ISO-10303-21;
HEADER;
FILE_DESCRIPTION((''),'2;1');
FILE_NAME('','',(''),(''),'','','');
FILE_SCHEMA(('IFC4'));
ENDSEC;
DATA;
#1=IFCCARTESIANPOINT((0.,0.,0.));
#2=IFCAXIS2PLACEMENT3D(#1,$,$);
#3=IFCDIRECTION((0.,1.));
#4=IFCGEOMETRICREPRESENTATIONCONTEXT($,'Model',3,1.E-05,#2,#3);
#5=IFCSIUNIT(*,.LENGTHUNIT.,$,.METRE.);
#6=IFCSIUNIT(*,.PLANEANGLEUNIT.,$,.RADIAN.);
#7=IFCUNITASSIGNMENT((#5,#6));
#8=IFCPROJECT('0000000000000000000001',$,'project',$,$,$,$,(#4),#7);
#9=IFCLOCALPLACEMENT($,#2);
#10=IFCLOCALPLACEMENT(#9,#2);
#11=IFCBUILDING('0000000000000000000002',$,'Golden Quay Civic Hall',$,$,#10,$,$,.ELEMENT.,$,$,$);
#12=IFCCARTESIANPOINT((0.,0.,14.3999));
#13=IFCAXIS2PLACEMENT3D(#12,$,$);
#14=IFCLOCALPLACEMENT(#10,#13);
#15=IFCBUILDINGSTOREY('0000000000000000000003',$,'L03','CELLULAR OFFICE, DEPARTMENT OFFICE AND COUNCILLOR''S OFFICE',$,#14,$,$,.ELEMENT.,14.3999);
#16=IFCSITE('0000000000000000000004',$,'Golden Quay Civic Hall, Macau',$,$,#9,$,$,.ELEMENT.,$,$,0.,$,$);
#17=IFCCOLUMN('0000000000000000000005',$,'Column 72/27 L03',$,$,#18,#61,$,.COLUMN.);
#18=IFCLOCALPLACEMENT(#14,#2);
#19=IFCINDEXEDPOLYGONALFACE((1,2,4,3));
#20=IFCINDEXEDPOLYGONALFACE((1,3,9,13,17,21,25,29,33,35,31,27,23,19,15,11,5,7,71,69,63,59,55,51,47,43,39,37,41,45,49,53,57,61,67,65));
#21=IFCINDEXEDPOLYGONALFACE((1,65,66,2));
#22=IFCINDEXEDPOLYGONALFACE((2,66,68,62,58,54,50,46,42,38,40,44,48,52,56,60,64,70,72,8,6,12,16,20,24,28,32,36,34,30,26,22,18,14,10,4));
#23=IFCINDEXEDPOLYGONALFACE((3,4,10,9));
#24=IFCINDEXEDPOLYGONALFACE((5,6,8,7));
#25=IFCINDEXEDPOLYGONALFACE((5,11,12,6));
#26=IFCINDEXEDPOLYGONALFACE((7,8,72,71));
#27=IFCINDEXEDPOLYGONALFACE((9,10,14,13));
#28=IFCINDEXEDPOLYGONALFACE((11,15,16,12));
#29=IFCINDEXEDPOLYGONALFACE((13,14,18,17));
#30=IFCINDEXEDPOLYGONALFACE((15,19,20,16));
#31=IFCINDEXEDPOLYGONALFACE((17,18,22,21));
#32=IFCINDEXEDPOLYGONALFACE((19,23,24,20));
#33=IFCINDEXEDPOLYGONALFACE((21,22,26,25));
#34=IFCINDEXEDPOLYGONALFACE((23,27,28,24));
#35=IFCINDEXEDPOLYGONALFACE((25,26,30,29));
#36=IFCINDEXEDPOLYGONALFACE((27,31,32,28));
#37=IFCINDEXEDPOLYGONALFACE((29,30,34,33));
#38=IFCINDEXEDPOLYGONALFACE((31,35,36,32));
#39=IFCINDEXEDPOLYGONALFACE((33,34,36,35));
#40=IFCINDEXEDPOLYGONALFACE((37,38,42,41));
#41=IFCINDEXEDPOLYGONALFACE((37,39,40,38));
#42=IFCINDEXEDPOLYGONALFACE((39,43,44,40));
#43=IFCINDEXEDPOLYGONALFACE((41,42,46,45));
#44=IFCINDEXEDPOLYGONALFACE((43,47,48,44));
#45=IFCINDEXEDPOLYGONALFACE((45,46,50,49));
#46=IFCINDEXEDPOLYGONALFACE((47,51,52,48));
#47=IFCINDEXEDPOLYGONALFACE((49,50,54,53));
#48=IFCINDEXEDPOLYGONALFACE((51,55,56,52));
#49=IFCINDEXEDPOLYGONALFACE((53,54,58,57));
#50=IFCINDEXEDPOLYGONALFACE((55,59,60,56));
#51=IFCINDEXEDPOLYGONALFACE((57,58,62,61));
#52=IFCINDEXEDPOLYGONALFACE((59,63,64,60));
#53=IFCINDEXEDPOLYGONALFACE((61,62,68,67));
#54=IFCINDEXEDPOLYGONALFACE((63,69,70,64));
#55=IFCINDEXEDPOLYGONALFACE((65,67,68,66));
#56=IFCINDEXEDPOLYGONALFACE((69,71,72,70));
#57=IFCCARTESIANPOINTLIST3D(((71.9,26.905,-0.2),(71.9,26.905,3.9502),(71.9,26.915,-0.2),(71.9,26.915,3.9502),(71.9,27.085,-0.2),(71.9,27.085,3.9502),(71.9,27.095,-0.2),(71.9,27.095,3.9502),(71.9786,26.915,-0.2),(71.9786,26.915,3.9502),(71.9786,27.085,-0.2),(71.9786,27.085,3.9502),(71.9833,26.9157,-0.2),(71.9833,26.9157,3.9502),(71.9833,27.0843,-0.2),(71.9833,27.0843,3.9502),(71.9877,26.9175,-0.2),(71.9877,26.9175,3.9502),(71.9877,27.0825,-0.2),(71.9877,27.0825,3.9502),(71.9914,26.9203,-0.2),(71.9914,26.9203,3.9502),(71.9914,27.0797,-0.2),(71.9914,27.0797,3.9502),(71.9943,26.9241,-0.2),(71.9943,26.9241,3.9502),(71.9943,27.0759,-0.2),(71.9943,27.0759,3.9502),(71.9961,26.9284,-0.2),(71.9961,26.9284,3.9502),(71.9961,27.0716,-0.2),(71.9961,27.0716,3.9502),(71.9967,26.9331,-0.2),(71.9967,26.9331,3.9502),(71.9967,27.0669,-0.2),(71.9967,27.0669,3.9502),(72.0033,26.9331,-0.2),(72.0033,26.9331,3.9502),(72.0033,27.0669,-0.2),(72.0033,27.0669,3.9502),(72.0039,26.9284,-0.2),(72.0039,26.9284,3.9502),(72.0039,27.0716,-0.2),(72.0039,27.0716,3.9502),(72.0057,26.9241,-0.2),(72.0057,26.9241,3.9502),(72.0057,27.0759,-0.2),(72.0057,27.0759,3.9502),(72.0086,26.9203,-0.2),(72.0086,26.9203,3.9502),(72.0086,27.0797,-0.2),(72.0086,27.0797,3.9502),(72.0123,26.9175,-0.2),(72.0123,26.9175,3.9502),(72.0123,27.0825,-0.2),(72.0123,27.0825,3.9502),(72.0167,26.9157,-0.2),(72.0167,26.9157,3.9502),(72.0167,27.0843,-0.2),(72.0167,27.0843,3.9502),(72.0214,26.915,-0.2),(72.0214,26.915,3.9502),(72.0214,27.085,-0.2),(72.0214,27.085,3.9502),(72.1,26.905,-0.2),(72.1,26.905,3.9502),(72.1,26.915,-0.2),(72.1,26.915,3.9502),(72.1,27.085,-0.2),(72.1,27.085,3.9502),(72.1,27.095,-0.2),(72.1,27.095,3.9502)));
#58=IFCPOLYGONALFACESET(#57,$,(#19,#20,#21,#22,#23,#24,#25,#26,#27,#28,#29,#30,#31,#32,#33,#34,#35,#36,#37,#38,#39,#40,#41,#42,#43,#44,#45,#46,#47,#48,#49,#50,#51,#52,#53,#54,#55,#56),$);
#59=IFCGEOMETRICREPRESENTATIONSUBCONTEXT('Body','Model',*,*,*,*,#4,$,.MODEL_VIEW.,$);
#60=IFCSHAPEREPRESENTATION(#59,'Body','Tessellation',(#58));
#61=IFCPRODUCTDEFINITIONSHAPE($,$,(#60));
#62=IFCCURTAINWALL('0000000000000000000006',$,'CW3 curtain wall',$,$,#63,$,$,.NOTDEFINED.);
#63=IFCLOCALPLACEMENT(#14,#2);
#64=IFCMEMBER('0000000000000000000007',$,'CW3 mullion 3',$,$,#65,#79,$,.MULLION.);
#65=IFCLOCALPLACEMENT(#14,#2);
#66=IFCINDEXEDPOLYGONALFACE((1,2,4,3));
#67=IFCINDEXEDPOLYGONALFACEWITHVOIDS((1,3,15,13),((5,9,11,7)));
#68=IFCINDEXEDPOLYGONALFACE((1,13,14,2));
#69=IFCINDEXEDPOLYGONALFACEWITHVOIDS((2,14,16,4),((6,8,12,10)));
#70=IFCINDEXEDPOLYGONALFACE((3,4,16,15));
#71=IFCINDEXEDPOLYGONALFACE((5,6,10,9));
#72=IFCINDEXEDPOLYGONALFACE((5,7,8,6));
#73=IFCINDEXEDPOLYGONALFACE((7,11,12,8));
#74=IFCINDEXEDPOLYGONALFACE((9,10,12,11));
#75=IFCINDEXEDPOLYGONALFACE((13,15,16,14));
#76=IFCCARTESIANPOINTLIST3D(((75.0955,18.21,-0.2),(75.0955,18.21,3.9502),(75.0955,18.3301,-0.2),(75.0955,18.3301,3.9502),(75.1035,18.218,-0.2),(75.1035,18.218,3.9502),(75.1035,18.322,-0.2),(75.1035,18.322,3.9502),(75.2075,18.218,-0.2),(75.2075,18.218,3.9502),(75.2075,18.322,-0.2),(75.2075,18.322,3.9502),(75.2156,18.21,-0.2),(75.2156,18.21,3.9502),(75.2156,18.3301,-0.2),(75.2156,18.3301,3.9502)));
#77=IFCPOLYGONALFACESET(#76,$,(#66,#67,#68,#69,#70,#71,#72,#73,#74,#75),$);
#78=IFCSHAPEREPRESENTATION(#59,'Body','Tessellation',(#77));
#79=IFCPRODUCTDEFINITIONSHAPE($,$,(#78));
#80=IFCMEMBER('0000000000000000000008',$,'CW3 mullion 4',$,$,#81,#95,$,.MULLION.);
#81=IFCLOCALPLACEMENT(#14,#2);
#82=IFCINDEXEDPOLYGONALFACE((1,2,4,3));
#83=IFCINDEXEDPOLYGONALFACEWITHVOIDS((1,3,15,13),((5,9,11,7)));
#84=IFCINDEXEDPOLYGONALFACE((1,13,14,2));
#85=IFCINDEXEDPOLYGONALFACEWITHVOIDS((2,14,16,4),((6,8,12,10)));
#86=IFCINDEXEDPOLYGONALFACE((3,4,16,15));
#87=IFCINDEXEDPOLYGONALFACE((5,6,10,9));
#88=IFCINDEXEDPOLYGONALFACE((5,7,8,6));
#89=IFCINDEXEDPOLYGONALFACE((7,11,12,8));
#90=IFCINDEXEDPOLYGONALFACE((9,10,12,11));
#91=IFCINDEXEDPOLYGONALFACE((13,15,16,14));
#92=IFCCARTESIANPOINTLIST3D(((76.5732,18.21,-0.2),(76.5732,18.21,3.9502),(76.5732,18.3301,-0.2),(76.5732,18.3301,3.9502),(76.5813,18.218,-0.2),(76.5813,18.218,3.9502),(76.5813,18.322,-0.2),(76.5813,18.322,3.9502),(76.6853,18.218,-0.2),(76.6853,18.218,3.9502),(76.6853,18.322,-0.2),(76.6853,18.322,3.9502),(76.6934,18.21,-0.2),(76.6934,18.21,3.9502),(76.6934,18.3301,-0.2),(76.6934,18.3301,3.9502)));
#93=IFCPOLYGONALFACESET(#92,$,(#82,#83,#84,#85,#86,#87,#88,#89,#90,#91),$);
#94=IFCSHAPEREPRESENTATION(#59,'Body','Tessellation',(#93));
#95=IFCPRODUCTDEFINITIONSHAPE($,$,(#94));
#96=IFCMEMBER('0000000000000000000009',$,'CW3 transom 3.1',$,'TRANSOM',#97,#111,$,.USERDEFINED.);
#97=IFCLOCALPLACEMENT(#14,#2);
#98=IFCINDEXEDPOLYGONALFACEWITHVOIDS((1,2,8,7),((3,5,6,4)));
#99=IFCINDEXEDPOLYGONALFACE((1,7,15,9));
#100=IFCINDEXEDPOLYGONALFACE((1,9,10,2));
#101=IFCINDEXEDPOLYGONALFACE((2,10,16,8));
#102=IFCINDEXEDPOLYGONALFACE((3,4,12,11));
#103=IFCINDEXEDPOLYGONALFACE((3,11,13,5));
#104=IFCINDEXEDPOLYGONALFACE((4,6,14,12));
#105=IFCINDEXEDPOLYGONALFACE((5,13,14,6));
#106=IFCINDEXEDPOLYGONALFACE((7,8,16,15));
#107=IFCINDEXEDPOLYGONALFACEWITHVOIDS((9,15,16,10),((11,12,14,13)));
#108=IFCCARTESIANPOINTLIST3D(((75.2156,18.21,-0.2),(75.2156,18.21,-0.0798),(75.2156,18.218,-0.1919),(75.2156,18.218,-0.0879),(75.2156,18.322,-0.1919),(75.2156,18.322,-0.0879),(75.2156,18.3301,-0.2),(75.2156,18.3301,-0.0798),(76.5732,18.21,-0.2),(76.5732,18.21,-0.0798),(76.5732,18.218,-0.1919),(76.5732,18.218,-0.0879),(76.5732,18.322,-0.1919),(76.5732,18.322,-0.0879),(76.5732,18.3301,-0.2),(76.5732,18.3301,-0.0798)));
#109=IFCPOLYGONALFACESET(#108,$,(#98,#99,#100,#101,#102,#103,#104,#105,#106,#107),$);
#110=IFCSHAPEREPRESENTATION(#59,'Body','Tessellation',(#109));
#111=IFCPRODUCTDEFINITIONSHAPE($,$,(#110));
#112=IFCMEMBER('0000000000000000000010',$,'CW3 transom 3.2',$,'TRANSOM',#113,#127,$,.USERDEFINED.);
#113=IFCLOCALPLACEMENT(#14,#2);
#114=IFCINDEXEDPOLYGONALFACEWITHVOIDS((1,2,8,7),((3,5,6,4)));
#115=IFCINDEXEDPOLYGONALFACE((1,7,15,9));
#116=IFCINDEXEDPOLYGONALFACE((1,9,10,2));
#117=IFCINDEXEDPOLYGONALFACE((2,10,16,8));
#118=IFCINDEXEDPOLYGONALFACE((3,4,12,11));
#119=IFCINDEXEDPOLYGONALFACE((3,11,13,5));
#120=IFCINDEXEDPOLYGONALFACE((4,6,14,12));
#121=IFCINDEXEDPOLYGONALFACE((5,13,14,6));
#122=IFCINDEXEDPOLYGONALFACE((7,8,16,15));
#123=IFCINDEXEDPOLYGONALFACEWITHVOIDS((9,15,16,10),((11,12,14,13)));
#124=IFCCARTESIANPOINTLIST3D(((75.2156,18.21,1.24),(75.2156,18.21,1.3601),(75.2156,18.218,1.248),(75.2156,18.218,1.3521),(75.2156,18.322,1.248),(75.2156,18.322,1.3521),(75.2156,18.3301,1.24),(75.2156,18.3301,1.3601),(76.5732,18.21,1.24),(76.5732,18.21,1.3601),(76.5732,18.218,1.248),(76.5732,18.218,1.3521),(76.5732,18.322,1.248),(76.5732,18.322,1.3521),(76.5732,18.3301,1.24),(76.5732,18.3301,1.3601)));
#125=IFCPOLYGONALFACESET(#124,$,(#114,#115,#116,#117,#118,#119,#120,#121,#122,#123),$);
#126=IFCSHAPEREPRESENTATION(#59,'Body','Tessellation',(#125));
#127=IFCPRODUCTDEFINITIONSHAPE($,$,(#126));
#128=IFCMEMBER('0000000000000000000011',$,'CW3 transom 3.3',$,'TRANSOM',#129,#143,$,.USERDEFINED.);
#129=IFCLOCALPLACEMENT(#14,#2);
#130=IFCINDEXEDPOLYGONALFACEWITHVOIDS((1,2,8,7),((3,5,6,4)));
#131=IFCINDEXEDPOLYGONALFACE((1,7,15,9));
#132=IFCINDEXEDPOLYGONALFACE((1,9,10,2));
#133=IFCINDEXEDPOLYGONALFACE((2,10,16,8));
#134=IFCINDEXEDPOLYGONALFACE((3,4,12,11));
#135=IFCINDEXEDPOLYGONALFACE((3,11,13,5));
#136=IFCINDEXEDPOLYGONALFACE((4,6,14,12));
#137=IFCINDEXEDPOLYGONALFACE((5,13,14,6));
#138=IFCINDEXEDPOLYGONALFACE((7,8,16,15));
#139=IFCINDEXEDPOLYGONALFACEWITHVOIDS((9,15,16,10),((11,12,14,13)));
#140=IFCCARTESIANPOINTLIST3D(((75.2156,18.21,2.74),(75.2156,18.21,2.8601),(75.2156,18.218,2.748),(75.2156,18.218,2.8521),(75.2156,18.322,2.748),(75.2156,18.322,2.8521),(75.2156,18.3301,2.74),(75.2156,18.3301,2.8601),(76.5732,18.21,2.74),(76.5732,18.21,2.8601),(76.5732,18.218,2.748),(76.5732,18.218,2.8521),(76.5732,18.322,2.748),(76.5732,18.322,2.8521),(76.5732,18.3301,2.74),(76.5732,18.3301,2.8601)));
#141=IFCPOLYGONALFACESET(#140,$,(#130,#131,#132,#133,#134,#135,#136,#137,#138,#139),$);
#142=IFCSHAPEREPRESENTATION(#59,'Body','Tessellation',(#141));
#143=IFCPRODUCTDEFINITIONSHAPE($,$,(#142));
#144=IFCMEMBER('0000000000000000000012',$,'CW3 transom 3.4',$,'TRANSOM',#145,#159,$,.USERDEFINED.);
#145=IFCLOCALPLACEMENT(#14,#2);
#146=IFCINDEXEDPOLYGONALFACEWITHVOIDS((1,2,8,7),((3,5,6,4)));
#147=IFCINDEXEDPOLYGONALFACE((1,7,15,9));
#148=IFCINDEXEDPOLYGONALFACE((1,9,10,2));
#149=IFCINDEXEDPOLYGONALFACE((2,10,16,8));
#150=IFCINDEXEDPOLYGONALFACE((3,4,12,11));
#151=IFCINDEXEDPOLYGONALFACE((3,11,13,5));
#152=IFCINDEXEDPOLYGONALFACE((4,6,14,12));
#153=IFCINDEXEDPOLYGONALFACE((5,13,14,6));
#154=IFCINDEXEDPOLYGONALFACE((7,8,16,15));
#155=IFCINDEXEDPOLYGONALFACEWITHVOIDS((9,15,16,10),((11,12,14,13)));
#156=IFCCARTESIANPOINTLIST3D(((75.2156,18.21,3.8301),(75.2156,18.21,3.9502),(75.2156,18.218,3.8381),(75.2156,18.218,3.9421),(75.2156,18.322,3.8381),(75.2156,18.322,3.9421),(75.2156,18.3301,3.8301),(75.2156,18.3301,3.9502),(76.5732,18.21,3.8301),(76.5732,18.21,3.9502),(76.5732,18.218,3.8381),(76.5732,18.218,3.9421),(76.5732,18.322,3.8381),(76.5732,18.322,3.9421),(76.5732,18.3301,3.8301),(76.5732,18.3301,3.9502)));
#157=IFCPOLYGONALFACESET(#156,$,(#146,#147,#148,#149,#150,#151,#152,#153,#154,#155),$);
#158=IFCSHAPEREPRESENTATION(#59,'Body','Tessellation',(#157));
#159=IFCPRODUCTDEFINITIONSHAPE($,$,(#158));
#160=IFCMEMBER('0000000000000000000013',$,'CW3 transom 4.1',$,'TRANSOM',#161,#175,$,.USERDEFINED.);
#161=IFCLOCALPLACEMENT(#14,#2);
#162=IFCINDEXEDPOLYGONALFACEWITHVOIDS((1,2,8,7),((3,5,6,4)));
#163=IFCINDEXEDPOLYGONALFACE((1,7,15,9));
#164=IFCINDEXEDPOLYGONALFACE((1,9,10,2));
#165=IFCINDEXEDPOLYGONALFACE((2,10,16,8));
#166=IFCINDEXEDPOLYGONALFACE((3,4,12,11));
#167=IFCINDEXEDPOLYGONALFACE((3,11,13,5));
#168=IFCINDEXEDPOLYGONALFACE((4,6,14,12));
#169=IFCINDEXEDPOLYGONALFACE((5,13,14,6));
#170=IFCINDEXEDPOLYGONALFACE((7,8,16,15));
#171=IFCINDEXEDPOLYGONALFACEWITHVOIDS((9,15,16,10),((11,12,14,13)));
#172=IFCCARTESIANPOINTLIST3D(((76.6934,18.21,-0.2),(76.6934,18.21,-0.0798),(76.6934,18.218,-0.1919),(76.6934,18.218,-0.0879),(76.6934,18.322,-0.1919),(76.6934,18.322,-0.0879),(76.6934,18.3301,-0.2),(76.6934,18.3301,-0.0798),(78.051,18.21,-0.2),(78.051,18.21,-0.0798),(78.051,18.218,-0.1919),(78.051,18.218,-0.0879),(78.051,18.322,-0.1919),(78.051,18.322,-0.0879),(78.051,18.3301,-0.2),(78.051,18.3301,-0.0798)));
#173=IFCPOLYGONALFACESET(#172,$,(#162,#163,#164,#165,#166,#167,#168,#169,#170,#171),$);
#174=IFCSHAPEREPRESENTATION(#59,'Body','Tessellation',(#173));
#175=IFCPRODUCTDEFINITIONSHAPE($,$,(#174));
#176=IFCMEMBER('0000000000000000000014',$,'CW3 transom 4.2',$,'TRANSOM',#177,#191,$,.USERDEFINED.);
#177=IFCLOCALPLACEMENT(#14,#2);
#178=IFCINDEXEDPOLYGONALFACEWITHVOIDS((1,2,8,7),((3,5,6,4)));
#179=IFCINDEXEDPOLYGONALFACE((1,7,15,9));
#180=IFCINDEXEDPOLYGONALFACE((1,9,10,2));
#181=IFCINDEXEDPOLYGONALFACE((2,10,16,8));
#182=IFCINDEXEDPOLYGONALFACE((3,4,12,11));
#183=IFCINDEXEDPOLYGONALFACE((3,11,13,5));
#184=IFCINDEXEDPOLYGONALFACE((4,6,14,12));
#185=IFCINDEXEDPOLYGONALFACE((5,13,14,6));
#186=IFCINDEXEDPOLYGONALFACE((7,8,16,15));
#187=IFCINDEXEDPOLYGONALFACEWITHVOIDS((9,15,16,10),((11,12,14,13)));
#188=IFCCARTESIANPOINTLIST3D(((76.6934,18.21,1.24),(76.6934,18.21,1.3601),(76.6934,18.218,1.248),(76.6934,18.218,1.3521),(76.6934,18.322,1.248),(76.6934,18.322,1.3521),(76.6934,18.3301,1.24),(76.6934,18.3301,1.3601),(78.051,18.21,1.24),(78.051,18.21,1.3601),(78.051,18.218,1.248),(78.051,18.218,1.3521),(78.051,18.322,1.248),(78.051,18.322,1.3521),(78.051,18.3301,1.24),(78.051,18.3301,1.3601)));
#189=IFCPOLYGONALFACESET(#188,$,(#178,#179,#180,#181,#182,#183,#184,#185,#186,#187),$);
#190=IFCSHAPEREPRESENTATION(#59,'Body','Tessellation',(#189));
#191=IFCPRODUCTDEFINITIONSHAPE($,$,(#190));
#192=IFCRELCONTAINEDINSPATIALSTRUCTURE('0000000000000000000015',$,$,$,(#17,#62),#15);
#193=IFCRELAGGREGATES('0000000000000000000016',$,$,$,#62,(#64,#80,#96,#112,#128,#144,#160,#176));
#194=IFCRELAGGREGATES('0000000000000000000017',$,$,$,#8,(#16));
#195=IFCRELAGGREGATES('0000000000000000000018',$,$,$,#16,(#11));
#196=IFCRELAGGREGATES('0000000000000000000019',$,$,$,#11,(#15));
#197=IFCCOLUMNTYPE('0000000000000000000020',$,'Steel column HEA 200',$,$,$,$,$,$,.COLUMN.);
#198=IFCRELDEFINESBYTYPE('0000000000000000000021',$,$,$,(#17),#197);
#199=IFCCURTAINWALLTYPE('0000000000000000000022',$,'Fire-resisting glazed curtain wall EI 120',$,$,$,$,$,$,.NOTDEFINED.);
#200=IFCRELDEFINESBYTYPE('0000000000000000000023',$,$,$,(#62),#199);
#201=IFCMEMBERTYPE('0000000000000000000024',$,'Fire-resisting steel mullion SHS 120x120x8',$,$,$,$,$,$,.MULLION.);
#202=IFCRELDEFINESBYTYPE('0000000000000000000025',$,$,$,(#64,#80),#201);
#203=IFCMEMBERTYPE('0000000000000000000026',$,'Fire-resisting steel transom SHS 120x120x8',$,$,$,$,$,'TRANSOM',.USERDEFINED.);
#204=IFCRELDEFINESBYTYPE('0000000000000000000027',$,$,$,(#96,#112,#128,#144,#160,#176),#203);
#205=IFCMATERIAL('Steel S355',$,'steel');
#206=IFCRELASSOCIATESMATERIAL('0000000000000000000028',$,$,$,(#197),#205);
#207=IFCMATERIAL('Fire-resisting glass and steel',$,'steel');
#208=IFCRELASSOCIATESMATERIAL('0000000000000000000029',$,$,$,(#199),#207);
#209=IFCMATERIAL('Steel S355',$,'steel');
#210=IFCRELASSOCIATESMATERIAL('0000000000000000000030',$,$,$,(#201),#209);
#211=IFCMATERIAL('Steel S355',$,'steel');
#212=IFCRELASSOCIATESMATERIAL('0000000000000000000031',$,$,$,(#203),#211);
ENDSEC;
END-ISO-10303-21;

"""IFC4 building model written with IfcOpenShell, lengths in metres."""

from ifc_helpers import new_model, si_unit, direction, frame, origin, origin_2d, place, context, subcontext, project, spatial, hollow_rectangle, i_section, extrude, material, material_profile, profile_set, type_object, element, aggregate, save


model = new_model("IFC4")

# Units and contexts
model_context = context("Model", 3, precision=1e-05, world=origin(), true_north=direction((0.0, 1.0)))
body_context = subcontext(model_context, "Body", "Model", "MODEL_VIEW")
ifc_project = project(units=[si_unit("LENGTHUNIT", "METRE"), si_unit("PLANEANGLEUNIT", "RADIAN")], contexts=[model_context])

# Site, building, storey
site_placement = place(None, origin())
site = spatial("IfcSite", under=ifc_project, at=site_placement, Name="Golden Quay Civic Hall, Macau", CompositionType="ELEMENT", RefElevation=0.0)
building_placement = place(site_placement, origin())
building = spatial("IfcBuilding", under=site, at=building_placement, Name="Golden Quay Civic Hall", CompositionType="ELEMENT")
storey_placement = place(building_placement, frame((0.0, 0.0, 14.3999)))
storey = spatial("IfcBuildingStorey", under=building, at=storey_placement, Name="L03", Description="CELLULAR OFFICE, DEPARTMENT OFFICE AND COUNCILLOR'S OFFICE", CompositionType="ELEMENT", Elevation=14.3999)

# Column
ifc_material_1 = material(Name="Steel S355", Category="steel")
ifc_material_profile_1 = material_profile(ifc_material_1, i_section(OverallWidth=0.2, OverallDepth=0.1899, WebThickness=0.0066, FlangeThickness=0.01, FilletRadius=0.0181, at=origin_2d()), Name="HEA 200")
ifc_profile_set_1 = profile_set([ifc_material_profile_1], Name="Steel S355")
column_type = type_object("IfcColumnType", Name="Steel column HEA 200", PredefinedType="COLUMN", material=ifc_profile_set_1)
column_placement = place(storey_placement, frame((72.0, 27.0, -0.2), z_axis=(0.0, 0.0, 1.0), x_axis=(1.0, 0.0, 0.0)))
element("IfcColumn", 1, at=column_placement, inside=storey, type_object=column_type, Name="Column 72/27 L03", PredefinedType="COLUMN", context=body_context, shape_type="SweptSolid", body=[
    extrude(i_section(OverallWidth=0.2, OverallDepth=0.1899, WebThickness=0.0066, FlangeThickness=0.01, FilletRadius=0.0181, at=origin_2d()), origin(), (0.0, 0.0, 1.0), 4.1501),
])

# Curtain wall, members
ifc_material_2 = material(Name="Fire-resisting glass and steel", Category="steel")
curtain_wall_type = type_object("IfcCurtainWallType", Name="Fire-resisting glazed curtain wall EI 120", PredefinedType="NOTDEFINED", material=ifc_material_2)
curtain_wall_placement = place(storey_placement, origin())
curtain_wall = element("IfcCurtainWall", 2, at=curtain_wall_placement, inside=storey, type_object=curtain_wall_type, Name="CW3 curtain wall", PredefinedType="NOTDEFINED")
ifc_material_3 = material(Name="Steel S355", Category="steel")
ifc_material_profile_2 = material_profile(ifc_material_3, hollow_rectangle(XDim=0.1201, YDim=0.1201, WallThickness=0.0081, at=origin_2d()), Name="SHS 120x120x8")
ifc_profile_set_2 = profile_set([ifc_material_profile_2], Name="Steel S355")
member_type_1 = type_object("IfcMemberType", Name="Fire-resisting steel mullion SHS 120x120x8", PredefinedType="MULLION", material=ifc_profile_set_2)
member_1_placement = place(storey_placement, frame((75.1555, 18.27, -0.2), z_axis=(0.0, 0.0, 1.0), x_axis=(0.0, 1.0, 0.0)))
member_1 = element("IfcMember", 3, at=member_1_placement, type_object=member_type_1, Name="CW3 mullion 3", PredefinedType="MULLION", context=body_context, shape_type="SweptSolid", body=[
    extrude(hollow_rectangle(XDim=0.1201, YDim=0.1201, WallThickness=0.0081, at=origin_2d()), origin(), (0.0, 0.0, 1.0), 4.1501),
])
member_2_placement = place(storey_placement, frame((76.6333, 18.27, -0.2), z_axis=(0.0, 0.0, 1.0), x_axis=(0.0, 1.0, 0.0)))
member_2 = element("IfcMember", 4, at=member_2_placement, type_object=member_type_1, Name="CW3 mullion 4", PredefinedType="MULLION", context=body_context, shape_type="SweptSolid", body=[
    extrude(hollow_rectangle(XDim=0.1201, YDim=0.1201, WallThickness=0.0081, at=origin_2d()), origin(), (0.0, 0.0, 1.0), 4.1501),
])
ifc_material_4 = material(Name="Steel S355", Category="steel")
ifc_material_profile_3 = material_profile(ifc_material_4, hollow_rectangle(XDim=0.1201, YDim=0.1201, WallThickness=0.0081, at=origin_2d()), Name="SHS 120x120x8")
ifc_profile_set_3 = profile_set([ifc_material_profile_3], Name="Steel S355")
member_type_2 = type_object("IfcMemberType", Name="Fire-resisting steel transom SHS 120x120x8", ElementType="TRANSOM", PredefinedType="USERDEFINED", material=ifc_profile_set_3)
member_3_placement = place(storey_placement, frame((75.2156, 18.27, -0.1399), z_axis=(1.0, 0.0, 0.0), x_axis=(0.0, 1.0, 0.0)))
member_3 = element("IfcMember", 5, at=member_3_placement, type_object=member_type_2, Name="CW3 transom 3.1", ObjectType="TRANSOM", PredefinedType="USERDEFINED", context=body_context, shape_type="SweptSolid", body=[
    extrude(hollow_rectangle(XDim=0.1201, YDim=0.1201, WallThickness=0.0081, at=origin_2d()), origin(), (0.0, 0.0, 1.0), 1.3577),
])
member_4_placement = place(storey_placement, frame((75.2156, 18.27, 1.3), z_axis=(1.0, 0.0, 0.0), x_axis=(0.0, 1.0, 0.0)))
member_4 = element("IfcMember", 6, at=member_4_placement, type_object=member_type_2, Name="CW3 transom 3.2", ObjectType="TRANSOM", PredefinedType="USERDEFINED", context=body_context, shape_type="SweptSolid", body=[
    extrude(hollow_rectangle(XDim=0.1201, YDim=0.1201, WallThickness=0.0081, at=origin_2d()), origin(), (0.0, 0.0, 1.0), 1.3577),
])
member_5_placement = place(storey_placement, frame((75.2156, 18.27, 2.8), z_axis=(1.0, 0.0, 0.0), x_axis=(0.0, 1.0, 0.0)))
member_5 = element("IfcMember", 7, at=member_5_placement, type_object=member_type_2, Name="CW3 transom 3.3", ObjectType="TRANSOM", PredefinedType="USERDEFINED", context=body_context, shape_type="SweptSolid", body=[
    extrude(hollow_rectangle(XDim=0.1201, YDim=0.1201, WallThickness=0.0081, at=origin_2d()), origin(), (0.0, 0.0, 1.0), 1.3577),
])
member_6_placement = place(storey_placement, frame((75.2156, 18.27, 3.8901), z_axis=(1.0, 0.0, 0.0), x_axis=(0.0, 1.0, 0.0)))
member_6 = element("IfcMember", 8, at=member_6_placement, type_object=member_type_2, Name="CW3 transom 3.4", ObjectType="TRANSOM", PredefinedType="USERDEFINED", context=body_context, shape_type="SweptSolid", body=[
    extrude(hollow_rectangle(XDim=0.1201, YDim=0.1201, WallThickness=0.0081, at=origin_2d()), origin(), (0.0, 0.0, 1.0), 1.3577),
])
member_7_placement = place(storey_placement, frame((76.6934, 18.27, -0.1399), z_axis=(1.0, 0.0, 0.0), x_axis=(0.0, 1.0, 0.0)))
member_7 = element("IfcMember", 9, at=member_7_placement, type_object=member_type_2, Name="CW3 transom 4.1", ObjectType="TRANSOM", PredefinedType="USERDEFINED", context=body_context, shape_type="SweptSolid", body=[
    extrude(hollow_rectangle(XDim=0.1201, YDim=0.1201, WallThickness=0.0081, at=origin_2d()), origin(), (0.0, 0.0, 1.0), 1.3577),
])
member_8_placement = place(storey_placement, frame((76.6934, 18.27, 1.3), z_axis=(1.0, 0.0, 0.0), x_axis=(0.0, 1.0, 0.0)))
member_8 = element("IfcMember", 10, at=member_8_placement, type_object=member_type_2, Name="CW3 transom 4.2", ObjectType="TRANSOM", PredefinedType="USERDEFINED", context=body_context, shape_type="SweptSolid", body=[
    extrude(hollow_rectangle(XDim=0.1201, YDim=0.1201, WallThickness=0.0081, at=origin_2d()), origin(), (0.0, 0.0, 1.0), 1.3577),
])

aggregate(curtain_wall, [member_1, member_2, member_3, member_4, member_5, member_6, member_7, member_8])

save(model, "model.ifc")
